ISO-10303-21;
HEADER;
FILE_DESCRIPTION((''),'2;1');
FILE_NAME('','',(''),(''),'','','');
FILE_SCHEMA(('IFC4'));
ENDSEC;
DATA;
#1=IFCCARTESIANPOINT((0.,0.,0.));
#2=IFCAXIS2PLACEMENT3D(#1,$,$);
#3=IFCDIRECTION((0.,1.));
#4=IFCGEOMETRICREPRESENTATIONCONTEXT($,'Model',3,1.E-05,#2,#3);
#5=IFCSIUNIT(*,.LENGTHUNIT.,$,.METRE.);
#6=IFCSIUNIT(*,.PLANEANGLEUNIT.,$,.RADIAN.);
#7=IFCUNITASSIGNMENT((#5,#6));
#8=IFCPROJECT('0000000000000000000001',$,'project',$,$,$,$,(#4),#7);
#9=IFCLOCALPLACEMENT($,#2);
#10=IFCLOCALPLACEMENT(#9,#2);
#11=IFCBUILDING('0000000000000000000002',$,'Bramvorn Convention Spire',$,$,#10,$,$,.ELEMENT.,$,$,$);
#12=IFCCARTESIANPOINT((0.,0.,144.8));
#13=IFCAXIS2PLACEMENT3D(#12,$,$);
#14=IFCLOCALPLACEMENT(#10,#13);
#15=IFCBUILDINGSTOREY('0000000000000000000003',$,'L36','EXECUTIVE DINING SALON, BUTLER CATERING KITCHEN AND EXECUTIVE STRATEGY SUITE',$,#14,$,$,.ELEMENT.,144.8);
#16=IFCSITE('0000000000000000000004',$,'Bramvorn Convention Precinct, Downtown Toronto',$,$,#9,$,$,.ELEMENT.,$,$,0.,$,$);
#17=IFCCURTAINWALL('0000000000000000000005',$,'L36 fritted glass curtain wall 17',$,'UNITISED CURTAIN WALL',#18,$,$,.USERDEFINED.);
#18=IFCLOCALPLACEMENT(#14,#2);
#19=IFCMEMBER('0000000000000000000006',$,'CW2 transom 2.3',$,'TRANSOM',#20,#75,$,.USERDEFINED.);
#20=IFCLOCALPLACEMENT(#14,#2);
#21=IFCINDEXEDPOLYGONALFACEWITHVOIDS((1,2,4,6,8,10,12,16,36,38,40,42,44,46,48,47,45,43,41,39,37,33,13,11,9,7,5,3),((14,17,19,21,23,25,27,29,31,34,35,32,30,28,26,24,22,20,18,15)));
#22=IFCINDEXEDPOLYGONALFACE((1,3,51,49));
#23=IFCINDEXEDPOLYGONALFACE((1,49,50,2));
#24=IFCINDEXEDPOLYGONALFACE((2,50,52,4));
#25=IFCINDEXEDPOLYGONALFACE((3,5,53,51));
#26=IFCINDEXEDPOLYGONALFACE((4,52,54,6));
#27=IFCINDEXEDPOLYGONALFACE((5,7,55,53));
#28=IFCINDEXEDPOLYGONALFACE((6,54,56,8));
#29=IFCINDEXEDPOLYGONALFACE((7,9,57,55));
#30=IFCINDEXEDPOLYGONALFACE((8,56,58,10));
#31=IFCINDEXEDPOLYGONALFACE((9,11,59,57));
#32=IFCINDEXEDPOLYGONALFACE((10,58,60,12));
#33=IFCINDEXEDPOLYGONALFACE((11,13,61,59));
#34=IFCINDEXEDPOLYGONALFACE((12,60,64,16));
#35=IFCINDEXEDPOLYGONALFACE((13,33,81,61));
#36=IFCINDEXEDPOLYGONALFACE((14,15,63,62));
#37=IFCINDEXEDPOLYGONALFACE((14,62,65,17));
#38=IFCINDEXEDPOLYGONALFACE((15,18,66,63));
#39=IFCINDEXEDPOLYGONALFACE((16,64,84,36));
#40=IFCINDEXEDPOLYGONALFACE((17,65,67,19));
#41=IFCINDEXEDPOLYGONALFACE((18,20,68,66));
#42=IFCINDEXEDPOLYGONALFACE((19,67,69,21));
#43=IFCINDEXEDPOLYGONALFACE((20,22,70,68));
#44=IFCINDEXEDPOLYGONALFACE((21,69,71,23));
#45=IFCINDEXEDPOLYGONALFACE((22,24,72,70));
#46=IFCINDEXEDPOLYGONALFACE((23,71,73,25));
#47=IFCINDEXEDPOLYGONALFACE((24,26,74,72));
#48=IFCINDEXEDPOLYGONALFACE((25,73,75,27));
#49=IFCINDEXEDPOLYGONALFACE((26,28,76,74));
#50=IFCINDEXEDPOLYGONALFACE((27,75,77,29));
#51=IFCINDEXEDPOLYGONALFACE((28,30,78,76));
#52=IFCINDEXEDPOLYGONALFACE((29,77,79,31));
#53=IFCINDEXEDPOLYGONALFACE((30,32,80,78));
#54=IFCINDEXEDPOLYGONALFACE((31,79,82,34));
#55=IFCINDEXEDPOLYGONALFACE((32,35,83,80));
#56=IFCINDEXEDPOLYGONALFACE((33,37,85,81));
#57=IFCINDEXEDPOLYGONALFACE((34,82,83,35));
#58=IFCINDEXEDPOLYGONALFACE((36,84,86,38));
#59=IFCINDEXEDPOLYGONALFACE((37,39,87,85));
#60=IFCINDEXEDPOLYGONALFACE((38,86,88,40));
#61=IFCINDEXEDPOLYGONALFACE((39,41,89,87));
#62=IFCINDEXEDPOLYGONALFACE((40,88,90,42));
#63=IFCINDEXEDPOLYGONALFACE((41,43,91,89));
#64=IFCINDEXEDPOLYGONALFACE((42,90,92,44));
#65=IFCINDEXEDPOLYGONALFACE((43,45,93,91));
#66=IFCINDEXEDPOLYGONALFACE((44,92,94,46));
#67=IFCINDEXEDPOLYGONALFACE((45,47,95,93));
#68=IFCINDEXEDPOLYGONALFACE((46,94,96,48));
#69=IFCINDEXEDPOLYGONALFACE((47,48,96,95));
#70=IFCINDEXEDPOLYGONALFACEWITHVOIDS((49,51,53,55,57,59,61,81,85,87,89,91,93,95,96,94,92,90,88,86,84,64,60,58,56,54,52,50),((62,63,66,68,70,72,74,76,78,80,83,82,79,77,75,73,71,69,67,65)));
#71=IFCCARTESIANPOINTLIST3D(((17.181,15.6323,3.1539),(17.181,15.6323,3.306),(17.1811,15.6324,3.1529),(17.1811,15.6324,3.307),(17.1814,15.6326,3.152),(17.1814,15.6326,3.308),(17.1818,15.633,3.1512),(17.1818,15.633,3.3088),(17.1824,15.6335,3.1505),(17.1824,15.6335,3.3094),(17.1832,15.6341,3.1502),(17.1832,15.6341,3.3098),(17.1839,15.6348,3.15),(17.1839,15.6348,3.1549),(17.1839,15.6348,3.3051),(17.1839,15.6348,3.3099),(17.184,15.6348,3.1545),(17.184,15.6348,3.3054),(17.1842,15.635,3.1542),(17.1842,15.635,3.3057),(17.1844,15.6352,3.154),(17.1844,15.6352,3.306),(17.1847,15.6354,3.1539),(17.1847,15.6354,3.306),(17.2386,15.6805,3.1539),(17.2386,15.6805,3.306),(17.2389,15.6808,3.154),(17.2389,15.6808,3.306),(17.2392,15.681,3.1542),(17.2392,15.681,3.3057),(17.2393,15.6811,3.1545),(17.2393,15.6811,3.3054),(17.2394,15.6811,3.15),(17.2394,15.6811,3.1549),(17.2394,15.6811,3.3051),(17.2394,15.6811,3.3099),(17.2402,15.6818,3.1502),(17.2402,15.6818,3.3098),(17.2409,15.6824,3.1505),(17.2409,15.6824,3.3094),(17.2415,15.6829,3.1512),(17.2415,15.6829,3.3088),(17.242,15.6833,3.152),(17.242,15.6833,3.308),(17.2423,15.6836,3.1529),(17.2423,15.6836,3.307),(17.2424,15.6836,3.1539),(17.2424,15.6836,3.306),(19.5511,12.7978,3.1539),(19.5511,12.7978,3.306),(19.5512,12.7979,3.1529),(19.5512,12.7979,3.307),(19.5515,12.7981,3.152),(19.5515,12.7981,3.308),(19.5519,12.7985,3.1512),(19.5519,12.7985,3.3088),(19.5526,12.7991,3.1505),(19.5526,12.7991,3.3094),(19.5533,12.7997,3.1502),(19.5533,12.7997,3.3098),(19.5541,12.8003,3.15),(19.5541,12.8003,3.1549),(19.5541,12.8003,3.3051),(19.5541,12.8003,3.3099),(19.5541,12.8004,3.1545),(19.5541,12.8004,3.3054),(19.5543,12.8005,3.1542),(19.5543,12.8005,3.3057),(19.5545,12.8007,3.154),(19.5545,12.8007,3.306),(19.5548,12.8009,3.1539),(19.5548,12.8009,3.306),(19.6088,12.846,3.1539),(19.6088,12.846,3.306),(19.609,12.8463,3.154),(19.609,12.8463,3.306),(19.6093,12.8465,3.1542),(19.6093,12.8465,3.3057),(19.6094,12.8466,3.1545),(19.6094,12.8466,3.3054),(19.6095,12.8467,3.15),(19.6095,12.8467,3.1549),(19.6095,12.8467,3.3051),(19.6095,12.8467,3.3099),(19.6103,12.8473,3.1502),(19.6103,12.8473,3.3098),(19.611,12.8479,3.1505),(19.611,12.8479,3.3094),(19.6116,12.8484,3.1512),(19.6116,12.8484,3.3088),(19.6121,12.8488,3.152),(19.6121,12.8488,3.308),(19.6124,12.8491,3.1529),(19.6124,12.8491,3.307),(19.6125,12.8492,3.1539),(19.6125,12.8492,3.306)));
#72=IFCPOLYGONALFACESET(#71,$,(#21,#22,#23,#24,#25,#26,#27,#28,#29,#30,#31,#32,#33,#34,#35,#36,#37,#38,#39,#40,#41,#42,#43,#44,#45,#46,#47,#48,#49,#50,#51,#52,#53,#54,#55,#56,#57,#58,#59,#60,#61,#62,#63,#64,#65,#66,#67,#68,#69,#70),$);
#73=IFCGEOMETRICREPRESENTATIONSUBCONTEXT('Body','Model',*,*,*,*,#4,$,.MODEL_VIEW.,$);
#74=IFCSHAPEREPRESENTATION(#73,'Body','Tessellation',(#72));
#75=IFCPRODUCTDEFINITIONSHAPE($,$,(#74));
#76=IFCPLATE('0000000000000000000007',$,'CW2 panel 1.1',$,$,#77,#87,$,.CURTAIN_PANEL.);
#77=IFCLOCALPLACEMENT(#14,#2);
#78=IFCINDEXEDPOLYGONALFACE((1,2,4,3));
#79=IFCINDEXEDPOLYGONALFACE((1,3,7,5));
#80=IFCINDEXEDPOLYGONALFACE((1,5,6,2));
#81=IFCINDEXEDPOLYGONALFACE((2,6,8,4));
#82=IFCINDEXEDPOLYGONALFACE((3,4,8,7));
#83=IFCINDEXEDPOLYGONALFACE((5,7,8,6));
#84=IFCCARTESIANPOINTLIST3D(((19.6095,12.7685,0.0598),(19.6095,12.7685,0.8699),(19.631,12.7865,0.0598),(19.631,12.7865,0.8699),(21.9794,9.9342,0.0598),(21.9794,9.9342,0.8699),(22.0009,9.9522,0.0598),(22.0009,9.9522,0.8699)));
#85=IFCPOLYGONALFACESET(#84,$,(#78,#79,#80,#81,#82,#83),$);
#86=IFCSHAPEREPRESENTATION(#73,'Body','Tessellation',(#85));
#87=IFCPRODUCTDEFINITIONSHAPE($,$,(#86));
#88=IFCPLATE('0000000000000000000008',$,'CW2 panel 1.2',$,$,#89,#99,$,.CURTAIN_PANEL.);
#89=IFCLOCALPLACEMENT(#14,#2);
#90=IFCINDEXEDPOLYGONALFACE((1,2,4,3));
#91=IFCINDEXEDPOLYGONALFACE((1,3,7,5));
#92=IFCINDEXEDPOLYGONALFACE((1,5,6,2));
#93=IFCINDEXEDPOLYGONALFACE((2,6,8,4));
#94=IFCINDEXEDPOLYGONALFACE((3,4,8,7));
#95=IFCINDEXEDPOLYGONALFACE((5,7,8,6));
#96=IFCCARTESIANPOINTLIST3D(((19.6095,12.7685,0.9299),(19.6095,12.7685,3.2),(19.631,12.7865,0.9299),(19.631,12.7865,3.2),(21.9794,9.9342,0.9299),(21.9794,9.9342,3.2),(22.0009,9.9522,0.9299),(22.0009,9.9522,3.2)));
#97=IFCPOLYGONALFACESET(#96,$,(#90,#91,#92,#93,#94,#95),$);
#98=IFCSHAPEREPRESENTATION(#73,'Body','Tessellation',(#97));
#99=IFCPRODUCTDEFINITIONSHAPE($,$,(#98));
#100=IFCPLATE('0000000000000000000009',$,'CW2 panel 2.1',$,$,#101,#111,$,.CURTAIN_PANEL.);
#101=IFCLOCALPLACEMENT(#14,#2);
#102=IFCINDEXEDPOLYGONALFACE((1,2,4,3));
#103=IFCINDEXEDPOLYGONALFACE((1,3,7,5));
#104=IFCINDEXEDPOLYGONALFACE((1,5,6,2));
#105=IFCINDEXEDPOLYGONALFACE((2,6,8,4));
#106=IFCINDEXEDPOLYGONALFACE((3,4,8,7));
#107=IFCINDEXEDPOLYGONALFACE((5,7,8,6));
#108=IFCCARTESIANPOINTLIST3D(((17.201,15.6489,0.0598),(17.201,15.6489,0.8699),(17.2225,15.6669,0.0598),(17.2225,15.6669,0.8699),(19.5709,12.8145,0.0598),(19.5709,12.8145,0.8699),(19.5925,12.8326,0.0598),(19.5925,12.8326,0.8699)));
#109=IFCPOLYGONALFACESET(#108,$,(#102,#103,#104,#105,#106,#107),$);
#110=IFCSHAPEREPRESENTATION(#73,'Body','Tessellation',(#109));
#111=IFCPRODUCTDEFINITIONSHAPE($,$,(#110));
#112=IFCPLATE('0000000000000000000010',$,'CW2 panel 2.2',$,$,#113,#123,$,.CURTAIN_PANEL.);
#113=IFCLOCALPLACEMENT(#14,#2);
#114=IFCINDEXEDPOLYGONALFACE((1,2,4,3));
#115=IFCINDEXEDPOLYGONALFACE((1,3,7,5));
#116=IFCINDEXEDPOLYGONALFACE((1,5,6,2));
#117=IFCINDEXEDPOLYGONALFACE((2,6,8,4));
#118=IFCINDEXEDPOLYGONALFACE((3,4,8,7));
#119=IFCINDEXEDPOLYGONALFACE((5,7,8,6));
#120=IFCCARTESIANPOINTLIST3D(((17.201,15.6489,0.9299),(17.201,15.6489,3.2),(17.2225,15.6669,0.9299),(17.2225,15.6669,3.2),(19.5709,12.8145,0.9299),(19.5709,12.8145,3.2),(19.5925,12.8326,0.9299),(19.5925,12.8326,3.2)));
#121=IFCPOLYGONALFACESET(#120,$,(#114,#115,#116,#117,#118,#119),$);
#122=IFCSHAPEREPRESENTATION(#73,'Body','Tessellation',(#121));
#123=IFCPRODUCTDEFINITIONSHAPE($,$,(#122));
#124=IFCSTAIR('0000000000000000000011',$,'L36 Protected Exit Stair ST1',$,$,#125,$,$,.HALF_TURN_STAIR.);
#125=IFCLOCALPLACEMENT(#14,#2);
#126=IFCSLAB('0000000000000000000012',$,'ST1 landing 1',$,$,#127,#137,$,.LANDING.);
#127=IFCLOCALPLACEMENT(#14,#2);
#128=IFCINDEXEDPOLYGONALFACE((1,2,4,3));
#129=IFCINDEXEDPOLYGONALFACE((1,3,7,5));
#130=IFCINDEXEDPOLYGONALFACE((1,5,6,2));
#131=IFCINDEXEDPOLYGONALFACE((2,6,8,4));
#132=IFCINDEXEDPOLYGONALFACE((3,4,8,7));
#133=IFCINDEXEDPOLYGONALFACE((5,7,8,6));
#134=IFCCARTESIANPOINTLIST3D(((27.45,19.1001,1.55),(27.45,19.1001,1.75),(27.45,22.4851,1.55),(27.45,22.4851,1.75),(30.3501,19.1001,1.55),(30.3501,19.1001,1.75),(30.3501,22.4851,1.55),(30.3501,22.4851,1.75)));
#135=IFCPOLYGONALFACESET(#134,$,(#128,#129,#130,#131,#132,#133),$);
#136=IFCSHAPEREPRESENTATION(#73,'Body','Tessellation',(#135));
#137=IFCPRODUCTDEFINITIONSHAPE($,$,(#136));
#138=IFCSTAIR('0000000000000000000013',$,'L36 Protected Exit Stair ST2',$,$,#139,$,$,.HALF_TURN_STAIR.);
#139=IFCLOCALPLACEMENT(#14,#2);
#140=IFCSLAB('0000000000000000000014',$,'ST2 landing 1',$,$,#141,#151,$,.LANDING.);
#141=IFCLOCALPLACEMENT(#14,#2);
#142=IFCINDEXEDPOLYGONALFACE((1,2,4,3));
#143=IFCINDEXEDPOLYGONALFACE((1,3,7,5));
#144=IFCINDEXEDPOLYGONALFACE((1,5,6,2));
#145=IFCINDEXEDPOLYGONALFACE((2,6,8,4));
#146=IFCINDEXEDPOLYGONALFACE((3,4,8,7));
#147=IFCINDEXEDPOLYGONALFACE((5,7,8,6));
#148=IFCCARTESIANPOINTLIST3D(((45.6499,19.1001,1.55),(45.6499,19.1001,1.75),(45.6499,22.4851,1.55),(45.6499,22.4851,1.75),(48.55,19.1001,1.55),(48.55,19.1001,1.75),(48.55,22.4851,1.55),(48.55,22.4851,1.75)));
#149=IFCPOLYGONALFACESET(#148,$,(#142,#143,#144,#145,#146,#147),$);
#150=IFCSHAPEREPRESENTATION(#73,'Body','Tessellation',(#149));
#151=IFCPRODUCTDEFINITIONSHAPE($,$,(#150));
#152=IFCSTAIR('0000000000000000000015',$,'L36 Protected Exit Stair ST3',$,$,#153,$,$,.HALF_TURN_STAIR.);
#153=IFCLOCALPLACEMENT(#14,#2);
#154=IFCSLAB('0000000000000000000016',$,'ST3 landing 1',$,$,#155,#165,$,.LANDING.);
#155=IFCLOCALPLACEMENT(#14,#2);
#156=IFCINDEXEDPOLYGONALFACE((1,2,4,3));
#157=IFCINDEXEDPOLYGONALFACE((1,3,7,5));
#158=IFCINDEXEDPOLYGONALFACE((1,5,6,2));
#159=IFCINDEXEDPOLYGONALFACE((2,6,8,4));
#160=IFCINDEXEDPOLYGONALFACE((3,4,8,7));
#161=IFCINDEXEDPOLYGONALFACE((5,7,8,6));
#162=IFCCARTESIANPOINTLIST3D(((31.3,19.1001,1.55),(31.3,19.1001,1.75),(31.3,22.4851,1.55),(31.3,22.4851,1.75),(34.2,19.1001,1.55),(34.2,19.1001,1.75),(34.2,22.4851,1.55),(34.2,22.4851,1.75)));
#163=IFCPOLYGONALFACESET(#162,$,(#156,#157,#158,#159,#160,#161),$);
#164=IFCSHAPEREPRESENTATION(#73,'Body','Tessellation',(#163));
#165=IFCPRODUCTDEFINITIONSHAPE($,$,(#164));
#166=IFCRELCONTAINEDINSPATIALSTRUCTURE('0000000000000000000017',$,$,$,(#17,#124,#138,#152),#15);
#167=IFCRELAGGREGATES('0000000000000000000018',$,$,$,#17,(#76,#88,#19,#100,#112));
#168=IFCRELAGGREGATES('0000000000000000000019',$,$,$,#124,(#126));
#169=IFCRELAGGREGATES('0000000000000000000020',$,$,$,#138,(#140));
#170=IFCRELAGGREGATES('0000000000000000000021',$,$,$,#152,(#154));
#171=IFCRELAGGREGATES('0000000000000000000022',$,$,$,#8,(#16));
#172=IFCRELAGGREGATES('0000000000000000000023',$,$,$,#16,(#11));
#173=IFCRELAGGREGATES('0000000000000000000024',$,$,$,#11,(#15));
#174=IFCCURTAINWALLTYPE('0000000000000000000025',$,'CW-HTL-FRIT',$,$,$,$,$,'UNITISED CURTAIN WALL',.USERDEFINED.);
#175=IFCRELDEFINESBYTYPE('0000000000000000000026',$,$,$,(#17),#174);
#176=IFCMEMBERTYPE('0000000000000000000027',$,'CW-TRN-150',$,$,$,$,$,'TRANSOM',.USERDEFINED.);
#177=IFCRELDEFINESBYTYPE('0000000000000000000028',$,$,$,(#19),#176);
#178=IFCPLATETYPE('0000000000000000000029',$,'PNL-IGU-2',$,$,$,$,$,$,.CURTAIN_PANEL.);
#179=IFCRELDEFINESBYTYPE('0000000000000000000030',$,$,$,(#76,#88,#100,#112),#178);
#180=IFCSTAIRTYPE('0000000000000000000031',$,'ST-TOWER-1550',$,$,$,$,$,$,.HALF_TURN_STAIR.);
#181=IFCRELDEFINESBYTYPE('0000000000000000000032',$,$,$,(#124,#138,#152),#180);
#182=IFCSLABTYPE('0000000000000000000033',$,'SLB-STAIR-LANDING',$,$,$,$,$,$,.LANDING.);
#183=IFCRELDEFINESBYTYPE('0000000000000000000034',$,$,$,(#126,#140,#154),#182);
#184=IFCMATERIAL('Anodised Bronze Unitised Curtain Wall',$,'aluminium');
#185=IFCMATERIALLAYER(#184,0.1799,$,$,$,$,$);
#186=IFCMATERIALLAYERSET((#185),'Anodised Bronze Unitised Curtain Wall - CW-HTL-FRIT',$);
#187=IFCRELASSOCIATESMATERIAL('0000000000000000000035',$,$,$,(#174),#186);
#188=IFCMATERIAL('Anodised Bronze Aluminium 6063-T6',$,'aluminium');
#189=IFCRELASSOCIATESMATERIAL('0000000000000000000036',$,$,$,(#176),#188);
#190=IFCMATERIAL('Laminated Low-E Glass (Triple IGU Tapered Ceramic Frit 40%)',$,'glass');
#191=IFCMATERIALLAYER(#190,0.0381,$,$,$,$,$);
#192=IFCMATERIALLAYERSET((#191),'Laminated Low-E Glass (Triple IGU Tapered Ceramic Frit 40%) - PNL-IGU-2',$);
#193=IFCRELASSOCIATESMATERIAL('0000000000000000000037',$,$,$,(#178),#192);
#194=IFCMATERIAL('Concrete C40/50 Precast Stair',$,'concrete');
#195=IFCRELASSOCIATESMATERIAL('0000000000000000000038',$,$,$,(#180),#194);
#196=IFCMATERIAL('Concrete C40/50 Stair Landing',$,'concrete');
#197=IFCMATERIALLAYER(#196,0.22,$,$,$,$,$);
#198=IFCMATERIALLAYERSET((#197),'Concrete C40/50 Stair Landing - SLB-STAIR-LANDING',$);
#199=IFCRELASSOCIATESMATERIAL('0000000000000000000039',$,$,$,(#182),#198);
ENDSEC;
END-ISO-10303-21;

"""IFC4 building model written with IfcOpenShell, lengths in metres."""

from ifc_helpers import new_model, si_unit, direction, frame, origin, origin_2d, place, context, subcontext, project, spatial, polyline, rectangle, hollow_rectangle, outline, extrude, material, layer, layer_set, material_profile, profile_set, type_object, element, aggregate, save


model = new_model("IFC4")

# Units and contexts
model_context = context("Model", 3, precision=1e-05, world=origin(), true_north=direction((0.0, 1.0)))
body_context = subcontext(model_context, "Body", "Model", "MODEL_VIEW")
ifc_project = project(units=[si_unit("LENGTHUNIT", "METRE"), si_unit("PLANEANGLEUNIT", "RADIAN")], contexts=[model_context])

# Site, building, storey
site_placement = place(None, origin())
site = spatial("IfcSite", under=ifc_project, at=site_placement, Name="Bramvorn Convention Precinct, Downtown Toronto", CompositionType="ELEMENT", RefElevation=0.0)
building_placement = place(site_placement, origin())
building = spatial("IfcBuilding", under=site, at=building_placement, Name="Bramvorn Convention Spire", CompositionType="ELEMENT")
storey_placement = place(building_placement, frame((0.0, 0.0, 144.8)))
storey = spatial("IfcBuildingStorey", under=building, at=storey_placement, Name="L36", Description="EXECUTIVE DINING SALON, BUTLER CATERING KITCHEN AND EXECUTIVE STRATEGY SUITE", CompositionType="ELEMENT", Elevation=144.8)

# Curtain wall, member, plates
ifc_material_1 = material(Name="Anodised Bronze Unitised Curtain Wall", Category="aluminium")
ifc_layer_1 = layer(ifc_material_1, 0.1799)
ifc_layer_set_1 = layer_set([ifc_layer_1], Name="Anodised Bronze Unitised Curtain Wall - CW-HTL-FRIT")
curtain_wall_type = type_object("IfcCurtainWallType", Name="CW-HTL-FRIT", ElementType="UNITISED CURTAIN WALL", PredefinedType="USERDEFINED", material=ifc_layer_set_1)
curtain_wall_placement = place(storey_placement, origin())
curtain_wall = element("IfcCurtainWall", 1, at=curtain_wall_placement, inside=storey, type_object=curtain_wall_type, Name="L36 fritted glass curtain wall 17", ObjectType="UNITISED CURTAIN WALL", PredefinedType="USERDEFINED")
ifc_material_2 = material(Name="Anodised Bronze Aluminium 6063-T6", Category="aluminium")
ifc_material_profile_1 = material_profile(ifc_material_2, hollow_rectangle(XDim=0.0801, YDim=0.1599, WallThickness=0.0039, InnerFilletRadius=0.001, OuterFilletRadius=0.0039, at=origin_2d()))
ifc_profile_set_1 = profile_set([ifc_material_profile_1], Name="Anodised Bronze Aluminium 6063-T6 - CWT80X160")
member_type_1 = type_object("IfcMemberType", Name="CW-TRN-150", ElementType="TRANSOM", PredefinedType="USERDEFINED", material=ifc_profile_set_1)
member_1_placement = place(storey_placement, frame((19.5818, 12.8235, 3.23), z_axis=(-0.64147, 0.767148, 0.0), x_axis=(-0.767148, -0.64147, 0.0)))
member_1 = element("IfcMember", 2, at=member_1_placement, type_object=member_type_1, Name="CW2 transom 2.3", ObjectType="TRANSOM", PredefinedType="USERDEFINED", context=body_context, shape_type="SweptSolid", body=[
    extrude(hollow_rectangle(XDim=0.0801, YDim=0.1599, WallThickness=0.0039, InnerFilletRadius=0.001, OuterFilletRadius=0.0039, at=origin_2d()), origin(), (0.0, 0.0, 1.0), 3.6948),
])
ifc_material_3 = material(Name="Laminated Low-E Glass (Triple IGU Tapered Ceramic Frit 40%)", Category="glass")
ifc_layer_2 = layer(ifc_material_3, 0.0381)
ifc_layer_set_2 = layer_set([ifc_layer_2], Name="Laminated Low-E Glass (Triple IGU Tapered Ceramic Frit 40%) - PNL-IGU-2")
plate_type = type_object("IfcPlateType", Name="PNL-IGU-2", PredefinedType="CURTAIN_PANEL", material=ifc_layer_set_2)
plate_1_placement = place(storey_placement, frame((20.8052, 11.3604, 0.0598), z_axis=(0.0, 0.0, 1.0), x_axis=(-0.641454, 0.767161, 0.0)))
plate_1 = element("IfcPlate", 3, at=plate_1_placement, type_object=plate_type, Name="CW2 panel 1.1", PredefinedType="CURTAIN_PANEL", context=body_context, shape_type="SweptSolid", body=[
    extrude(rectangle(XDim=3.6946, YDim=0.0281, at=origin_2d()), origin(), (0.0, 0.0, 1.0), 0.8101),
])
plate_2_placement = place(storey_placement, frame((20.8052, 11.3604, 0.9299), z_axis=(0.0, 0.0, 1.0), x_axis=(-0.641454, 0.767161, 0.0)))
plate_2 = element("IfcPlate", 4, at=plate_2_placement, type_object=plate_type, Name="CW2 panel 1.2", PredefinedType="CURTAIN_PANEL", context=body_context, shape_type="SweptSolid", body=[
    extrude(rectangle(XDim=3.6946, YDim=0.0281, at=origin_2d()), origin(), (0.0, 0.0, 1.0), 2.27),
])
plate_3_placement = place(storey_placement, frame((18.3967, 14.2407, 0.0598), z_axis=(0.0, 0.0, 1.0), x_axis=(-0.641454, 0.767161, 0.0)))
plate_3 = element("IfcPlate", 5, at=plate_3_placement, type_object=plate_type, Name="CW2 panel 2.1", PredefinedType="CURTAIN_PANEL", context=body_context, shape_type="SweptSolid", body=[
    extrude(rectangle(XDim=3.6946, YDim=0.0281, at=origin_2d()), origin(), (0.0, 0.0, 1.0), 0.8101),
])
plate_4_placement = place(storey_placement, frame((18.3967, 14.2407, 0.9299), z_axis=(0.0, 0.0, 1.0), x_axis=(-0.641454, 0.767161, 0.0)))
plate_4 = element("IfcPlate", 6, at=plate_4_placement, type_object=plate_type, Name="CW2 panel 2.2", PredefinedType="CURTAIN_PANEL", context=body_context, shape_type="SweptSolid", body=[
    extrude(rectangle(XDim=3.6946, YDim=0.0281, at=origin_2d()), origin(), (0.0, 0.0, 1.0), 2.27),
])
aggregate(curtain_wall, [plate_1, plate_2, member_1, plate_3, plate_4])

# Stairs, slabs
ifc_material_4 = material(Name="Concrete C40/50 Precast Stair", Category="concrete")
stair_type = type_object("IfcStairType", Name="ST-TOWER-1550", PredefinedType="HALF_TURN_STAIR", material=ifc_material_4)
stair_1_placement = place(storey_placement, origin())
stair_1 = element("IfcStair", 7, at=stair_1_placement, inside=storey, type_object=stair_type, Name="L36 Protected Exit Stair ST1", PredefinedType="HALF_TURN_STAIR")
ifc_material_5 = material(Name="Concrete C40/50 Stair Landing", Category="concrete")
ifc_layer_3 = layer(ifc_material_5, 0.22)
ifc_layer_set_3 = layer_set([ifc_layer_3], Name="Concrete C40/50 Stair Landing - SLB-STAIR-LANDING")
slab_type_1 = type_object("IfcSlabType", Name="SLB-STAIR-LANDING", PredefinedType="LANDING", material=ifc_layer_set_3)
slab_1_placement = place(storey_placement, frame((0.0, 0.0, 1.55)))
slab_1 = element("IfcSlab", 8, at=slab_1_placement, type_object=slab_type_1, Name="ST1 landing 1", PredefinedType="LANDING", context=body_context, shape_type="SweptSolid", body=[
    extrude(outline(polyline([(27.45, 22.4851), (27.45, 19.1001), (30.3501, 19.1001), (30.3501, 22.4851), (27.45, 22.4851)])), origin(), (0.0, 0.0, 1.0), 0.2),
])
aggregate(stair_1, [slab_1])
stair_2_placement = place(storey_placement, origin())
stair_2 = element("IfcStair", 9, at=stair_2_placement, inside=storey, type_object=stair_type, Name="L36 Protected Exit Stair ST2", PredefinedType="HALF_TURN_STAIR")
slab_2_placement = place(storey_placement, frame((0.0, 0.0, 1.55)))
slab_2 = element("IfcSlab", 10, at=slab_2_placement, type_object=slab_type_1, Name="ST2 landing 1", PredefinedType="LANDING", context=body_context, shape_type="SweptSolid", body=[
    extrude(outline(polyline([(45.6499, 22.4851), (45.6499, 19.1001), (48.55, 19.1001), (48.55, 22.4851), (45.6499, 22.4851)])), origin(), (0.0, 0.0, 1.0), 0.2),
])
aggregate(stair_2, [slab_2])
stair_3_placement = place(storey_placement, origin())
stair_3 = element("IfcStair", 11, at=stair_3_placement, inside=storey, type_object=stair_type, Name="L36 Protected Exit Stair ST3", PredefinedType="HALF_TURN_STAIR")
slab_3_placement = place(storey_placement, frame((0.0, 0.0, 1.55)))
slab_3 = element("IfcSlab", 12, at=slab_3_placement, type_object=slab_type_1, Name="ST3 landing 1", PredefinedType="LANDING", context=body_context, shape_type="SweptSolid", body=[
    extrude(outline(polyline([(31.3, 22.4851), (31.3, 19.1001), (34.2, 19.1001), (34.2, 22.4851), (31.3, 22.4851)])), origin(), (0.0, 0.0, 1.0), 0.2),
])
aggregate(stair_3, [slab_3])

save(model, "model.ifc")
